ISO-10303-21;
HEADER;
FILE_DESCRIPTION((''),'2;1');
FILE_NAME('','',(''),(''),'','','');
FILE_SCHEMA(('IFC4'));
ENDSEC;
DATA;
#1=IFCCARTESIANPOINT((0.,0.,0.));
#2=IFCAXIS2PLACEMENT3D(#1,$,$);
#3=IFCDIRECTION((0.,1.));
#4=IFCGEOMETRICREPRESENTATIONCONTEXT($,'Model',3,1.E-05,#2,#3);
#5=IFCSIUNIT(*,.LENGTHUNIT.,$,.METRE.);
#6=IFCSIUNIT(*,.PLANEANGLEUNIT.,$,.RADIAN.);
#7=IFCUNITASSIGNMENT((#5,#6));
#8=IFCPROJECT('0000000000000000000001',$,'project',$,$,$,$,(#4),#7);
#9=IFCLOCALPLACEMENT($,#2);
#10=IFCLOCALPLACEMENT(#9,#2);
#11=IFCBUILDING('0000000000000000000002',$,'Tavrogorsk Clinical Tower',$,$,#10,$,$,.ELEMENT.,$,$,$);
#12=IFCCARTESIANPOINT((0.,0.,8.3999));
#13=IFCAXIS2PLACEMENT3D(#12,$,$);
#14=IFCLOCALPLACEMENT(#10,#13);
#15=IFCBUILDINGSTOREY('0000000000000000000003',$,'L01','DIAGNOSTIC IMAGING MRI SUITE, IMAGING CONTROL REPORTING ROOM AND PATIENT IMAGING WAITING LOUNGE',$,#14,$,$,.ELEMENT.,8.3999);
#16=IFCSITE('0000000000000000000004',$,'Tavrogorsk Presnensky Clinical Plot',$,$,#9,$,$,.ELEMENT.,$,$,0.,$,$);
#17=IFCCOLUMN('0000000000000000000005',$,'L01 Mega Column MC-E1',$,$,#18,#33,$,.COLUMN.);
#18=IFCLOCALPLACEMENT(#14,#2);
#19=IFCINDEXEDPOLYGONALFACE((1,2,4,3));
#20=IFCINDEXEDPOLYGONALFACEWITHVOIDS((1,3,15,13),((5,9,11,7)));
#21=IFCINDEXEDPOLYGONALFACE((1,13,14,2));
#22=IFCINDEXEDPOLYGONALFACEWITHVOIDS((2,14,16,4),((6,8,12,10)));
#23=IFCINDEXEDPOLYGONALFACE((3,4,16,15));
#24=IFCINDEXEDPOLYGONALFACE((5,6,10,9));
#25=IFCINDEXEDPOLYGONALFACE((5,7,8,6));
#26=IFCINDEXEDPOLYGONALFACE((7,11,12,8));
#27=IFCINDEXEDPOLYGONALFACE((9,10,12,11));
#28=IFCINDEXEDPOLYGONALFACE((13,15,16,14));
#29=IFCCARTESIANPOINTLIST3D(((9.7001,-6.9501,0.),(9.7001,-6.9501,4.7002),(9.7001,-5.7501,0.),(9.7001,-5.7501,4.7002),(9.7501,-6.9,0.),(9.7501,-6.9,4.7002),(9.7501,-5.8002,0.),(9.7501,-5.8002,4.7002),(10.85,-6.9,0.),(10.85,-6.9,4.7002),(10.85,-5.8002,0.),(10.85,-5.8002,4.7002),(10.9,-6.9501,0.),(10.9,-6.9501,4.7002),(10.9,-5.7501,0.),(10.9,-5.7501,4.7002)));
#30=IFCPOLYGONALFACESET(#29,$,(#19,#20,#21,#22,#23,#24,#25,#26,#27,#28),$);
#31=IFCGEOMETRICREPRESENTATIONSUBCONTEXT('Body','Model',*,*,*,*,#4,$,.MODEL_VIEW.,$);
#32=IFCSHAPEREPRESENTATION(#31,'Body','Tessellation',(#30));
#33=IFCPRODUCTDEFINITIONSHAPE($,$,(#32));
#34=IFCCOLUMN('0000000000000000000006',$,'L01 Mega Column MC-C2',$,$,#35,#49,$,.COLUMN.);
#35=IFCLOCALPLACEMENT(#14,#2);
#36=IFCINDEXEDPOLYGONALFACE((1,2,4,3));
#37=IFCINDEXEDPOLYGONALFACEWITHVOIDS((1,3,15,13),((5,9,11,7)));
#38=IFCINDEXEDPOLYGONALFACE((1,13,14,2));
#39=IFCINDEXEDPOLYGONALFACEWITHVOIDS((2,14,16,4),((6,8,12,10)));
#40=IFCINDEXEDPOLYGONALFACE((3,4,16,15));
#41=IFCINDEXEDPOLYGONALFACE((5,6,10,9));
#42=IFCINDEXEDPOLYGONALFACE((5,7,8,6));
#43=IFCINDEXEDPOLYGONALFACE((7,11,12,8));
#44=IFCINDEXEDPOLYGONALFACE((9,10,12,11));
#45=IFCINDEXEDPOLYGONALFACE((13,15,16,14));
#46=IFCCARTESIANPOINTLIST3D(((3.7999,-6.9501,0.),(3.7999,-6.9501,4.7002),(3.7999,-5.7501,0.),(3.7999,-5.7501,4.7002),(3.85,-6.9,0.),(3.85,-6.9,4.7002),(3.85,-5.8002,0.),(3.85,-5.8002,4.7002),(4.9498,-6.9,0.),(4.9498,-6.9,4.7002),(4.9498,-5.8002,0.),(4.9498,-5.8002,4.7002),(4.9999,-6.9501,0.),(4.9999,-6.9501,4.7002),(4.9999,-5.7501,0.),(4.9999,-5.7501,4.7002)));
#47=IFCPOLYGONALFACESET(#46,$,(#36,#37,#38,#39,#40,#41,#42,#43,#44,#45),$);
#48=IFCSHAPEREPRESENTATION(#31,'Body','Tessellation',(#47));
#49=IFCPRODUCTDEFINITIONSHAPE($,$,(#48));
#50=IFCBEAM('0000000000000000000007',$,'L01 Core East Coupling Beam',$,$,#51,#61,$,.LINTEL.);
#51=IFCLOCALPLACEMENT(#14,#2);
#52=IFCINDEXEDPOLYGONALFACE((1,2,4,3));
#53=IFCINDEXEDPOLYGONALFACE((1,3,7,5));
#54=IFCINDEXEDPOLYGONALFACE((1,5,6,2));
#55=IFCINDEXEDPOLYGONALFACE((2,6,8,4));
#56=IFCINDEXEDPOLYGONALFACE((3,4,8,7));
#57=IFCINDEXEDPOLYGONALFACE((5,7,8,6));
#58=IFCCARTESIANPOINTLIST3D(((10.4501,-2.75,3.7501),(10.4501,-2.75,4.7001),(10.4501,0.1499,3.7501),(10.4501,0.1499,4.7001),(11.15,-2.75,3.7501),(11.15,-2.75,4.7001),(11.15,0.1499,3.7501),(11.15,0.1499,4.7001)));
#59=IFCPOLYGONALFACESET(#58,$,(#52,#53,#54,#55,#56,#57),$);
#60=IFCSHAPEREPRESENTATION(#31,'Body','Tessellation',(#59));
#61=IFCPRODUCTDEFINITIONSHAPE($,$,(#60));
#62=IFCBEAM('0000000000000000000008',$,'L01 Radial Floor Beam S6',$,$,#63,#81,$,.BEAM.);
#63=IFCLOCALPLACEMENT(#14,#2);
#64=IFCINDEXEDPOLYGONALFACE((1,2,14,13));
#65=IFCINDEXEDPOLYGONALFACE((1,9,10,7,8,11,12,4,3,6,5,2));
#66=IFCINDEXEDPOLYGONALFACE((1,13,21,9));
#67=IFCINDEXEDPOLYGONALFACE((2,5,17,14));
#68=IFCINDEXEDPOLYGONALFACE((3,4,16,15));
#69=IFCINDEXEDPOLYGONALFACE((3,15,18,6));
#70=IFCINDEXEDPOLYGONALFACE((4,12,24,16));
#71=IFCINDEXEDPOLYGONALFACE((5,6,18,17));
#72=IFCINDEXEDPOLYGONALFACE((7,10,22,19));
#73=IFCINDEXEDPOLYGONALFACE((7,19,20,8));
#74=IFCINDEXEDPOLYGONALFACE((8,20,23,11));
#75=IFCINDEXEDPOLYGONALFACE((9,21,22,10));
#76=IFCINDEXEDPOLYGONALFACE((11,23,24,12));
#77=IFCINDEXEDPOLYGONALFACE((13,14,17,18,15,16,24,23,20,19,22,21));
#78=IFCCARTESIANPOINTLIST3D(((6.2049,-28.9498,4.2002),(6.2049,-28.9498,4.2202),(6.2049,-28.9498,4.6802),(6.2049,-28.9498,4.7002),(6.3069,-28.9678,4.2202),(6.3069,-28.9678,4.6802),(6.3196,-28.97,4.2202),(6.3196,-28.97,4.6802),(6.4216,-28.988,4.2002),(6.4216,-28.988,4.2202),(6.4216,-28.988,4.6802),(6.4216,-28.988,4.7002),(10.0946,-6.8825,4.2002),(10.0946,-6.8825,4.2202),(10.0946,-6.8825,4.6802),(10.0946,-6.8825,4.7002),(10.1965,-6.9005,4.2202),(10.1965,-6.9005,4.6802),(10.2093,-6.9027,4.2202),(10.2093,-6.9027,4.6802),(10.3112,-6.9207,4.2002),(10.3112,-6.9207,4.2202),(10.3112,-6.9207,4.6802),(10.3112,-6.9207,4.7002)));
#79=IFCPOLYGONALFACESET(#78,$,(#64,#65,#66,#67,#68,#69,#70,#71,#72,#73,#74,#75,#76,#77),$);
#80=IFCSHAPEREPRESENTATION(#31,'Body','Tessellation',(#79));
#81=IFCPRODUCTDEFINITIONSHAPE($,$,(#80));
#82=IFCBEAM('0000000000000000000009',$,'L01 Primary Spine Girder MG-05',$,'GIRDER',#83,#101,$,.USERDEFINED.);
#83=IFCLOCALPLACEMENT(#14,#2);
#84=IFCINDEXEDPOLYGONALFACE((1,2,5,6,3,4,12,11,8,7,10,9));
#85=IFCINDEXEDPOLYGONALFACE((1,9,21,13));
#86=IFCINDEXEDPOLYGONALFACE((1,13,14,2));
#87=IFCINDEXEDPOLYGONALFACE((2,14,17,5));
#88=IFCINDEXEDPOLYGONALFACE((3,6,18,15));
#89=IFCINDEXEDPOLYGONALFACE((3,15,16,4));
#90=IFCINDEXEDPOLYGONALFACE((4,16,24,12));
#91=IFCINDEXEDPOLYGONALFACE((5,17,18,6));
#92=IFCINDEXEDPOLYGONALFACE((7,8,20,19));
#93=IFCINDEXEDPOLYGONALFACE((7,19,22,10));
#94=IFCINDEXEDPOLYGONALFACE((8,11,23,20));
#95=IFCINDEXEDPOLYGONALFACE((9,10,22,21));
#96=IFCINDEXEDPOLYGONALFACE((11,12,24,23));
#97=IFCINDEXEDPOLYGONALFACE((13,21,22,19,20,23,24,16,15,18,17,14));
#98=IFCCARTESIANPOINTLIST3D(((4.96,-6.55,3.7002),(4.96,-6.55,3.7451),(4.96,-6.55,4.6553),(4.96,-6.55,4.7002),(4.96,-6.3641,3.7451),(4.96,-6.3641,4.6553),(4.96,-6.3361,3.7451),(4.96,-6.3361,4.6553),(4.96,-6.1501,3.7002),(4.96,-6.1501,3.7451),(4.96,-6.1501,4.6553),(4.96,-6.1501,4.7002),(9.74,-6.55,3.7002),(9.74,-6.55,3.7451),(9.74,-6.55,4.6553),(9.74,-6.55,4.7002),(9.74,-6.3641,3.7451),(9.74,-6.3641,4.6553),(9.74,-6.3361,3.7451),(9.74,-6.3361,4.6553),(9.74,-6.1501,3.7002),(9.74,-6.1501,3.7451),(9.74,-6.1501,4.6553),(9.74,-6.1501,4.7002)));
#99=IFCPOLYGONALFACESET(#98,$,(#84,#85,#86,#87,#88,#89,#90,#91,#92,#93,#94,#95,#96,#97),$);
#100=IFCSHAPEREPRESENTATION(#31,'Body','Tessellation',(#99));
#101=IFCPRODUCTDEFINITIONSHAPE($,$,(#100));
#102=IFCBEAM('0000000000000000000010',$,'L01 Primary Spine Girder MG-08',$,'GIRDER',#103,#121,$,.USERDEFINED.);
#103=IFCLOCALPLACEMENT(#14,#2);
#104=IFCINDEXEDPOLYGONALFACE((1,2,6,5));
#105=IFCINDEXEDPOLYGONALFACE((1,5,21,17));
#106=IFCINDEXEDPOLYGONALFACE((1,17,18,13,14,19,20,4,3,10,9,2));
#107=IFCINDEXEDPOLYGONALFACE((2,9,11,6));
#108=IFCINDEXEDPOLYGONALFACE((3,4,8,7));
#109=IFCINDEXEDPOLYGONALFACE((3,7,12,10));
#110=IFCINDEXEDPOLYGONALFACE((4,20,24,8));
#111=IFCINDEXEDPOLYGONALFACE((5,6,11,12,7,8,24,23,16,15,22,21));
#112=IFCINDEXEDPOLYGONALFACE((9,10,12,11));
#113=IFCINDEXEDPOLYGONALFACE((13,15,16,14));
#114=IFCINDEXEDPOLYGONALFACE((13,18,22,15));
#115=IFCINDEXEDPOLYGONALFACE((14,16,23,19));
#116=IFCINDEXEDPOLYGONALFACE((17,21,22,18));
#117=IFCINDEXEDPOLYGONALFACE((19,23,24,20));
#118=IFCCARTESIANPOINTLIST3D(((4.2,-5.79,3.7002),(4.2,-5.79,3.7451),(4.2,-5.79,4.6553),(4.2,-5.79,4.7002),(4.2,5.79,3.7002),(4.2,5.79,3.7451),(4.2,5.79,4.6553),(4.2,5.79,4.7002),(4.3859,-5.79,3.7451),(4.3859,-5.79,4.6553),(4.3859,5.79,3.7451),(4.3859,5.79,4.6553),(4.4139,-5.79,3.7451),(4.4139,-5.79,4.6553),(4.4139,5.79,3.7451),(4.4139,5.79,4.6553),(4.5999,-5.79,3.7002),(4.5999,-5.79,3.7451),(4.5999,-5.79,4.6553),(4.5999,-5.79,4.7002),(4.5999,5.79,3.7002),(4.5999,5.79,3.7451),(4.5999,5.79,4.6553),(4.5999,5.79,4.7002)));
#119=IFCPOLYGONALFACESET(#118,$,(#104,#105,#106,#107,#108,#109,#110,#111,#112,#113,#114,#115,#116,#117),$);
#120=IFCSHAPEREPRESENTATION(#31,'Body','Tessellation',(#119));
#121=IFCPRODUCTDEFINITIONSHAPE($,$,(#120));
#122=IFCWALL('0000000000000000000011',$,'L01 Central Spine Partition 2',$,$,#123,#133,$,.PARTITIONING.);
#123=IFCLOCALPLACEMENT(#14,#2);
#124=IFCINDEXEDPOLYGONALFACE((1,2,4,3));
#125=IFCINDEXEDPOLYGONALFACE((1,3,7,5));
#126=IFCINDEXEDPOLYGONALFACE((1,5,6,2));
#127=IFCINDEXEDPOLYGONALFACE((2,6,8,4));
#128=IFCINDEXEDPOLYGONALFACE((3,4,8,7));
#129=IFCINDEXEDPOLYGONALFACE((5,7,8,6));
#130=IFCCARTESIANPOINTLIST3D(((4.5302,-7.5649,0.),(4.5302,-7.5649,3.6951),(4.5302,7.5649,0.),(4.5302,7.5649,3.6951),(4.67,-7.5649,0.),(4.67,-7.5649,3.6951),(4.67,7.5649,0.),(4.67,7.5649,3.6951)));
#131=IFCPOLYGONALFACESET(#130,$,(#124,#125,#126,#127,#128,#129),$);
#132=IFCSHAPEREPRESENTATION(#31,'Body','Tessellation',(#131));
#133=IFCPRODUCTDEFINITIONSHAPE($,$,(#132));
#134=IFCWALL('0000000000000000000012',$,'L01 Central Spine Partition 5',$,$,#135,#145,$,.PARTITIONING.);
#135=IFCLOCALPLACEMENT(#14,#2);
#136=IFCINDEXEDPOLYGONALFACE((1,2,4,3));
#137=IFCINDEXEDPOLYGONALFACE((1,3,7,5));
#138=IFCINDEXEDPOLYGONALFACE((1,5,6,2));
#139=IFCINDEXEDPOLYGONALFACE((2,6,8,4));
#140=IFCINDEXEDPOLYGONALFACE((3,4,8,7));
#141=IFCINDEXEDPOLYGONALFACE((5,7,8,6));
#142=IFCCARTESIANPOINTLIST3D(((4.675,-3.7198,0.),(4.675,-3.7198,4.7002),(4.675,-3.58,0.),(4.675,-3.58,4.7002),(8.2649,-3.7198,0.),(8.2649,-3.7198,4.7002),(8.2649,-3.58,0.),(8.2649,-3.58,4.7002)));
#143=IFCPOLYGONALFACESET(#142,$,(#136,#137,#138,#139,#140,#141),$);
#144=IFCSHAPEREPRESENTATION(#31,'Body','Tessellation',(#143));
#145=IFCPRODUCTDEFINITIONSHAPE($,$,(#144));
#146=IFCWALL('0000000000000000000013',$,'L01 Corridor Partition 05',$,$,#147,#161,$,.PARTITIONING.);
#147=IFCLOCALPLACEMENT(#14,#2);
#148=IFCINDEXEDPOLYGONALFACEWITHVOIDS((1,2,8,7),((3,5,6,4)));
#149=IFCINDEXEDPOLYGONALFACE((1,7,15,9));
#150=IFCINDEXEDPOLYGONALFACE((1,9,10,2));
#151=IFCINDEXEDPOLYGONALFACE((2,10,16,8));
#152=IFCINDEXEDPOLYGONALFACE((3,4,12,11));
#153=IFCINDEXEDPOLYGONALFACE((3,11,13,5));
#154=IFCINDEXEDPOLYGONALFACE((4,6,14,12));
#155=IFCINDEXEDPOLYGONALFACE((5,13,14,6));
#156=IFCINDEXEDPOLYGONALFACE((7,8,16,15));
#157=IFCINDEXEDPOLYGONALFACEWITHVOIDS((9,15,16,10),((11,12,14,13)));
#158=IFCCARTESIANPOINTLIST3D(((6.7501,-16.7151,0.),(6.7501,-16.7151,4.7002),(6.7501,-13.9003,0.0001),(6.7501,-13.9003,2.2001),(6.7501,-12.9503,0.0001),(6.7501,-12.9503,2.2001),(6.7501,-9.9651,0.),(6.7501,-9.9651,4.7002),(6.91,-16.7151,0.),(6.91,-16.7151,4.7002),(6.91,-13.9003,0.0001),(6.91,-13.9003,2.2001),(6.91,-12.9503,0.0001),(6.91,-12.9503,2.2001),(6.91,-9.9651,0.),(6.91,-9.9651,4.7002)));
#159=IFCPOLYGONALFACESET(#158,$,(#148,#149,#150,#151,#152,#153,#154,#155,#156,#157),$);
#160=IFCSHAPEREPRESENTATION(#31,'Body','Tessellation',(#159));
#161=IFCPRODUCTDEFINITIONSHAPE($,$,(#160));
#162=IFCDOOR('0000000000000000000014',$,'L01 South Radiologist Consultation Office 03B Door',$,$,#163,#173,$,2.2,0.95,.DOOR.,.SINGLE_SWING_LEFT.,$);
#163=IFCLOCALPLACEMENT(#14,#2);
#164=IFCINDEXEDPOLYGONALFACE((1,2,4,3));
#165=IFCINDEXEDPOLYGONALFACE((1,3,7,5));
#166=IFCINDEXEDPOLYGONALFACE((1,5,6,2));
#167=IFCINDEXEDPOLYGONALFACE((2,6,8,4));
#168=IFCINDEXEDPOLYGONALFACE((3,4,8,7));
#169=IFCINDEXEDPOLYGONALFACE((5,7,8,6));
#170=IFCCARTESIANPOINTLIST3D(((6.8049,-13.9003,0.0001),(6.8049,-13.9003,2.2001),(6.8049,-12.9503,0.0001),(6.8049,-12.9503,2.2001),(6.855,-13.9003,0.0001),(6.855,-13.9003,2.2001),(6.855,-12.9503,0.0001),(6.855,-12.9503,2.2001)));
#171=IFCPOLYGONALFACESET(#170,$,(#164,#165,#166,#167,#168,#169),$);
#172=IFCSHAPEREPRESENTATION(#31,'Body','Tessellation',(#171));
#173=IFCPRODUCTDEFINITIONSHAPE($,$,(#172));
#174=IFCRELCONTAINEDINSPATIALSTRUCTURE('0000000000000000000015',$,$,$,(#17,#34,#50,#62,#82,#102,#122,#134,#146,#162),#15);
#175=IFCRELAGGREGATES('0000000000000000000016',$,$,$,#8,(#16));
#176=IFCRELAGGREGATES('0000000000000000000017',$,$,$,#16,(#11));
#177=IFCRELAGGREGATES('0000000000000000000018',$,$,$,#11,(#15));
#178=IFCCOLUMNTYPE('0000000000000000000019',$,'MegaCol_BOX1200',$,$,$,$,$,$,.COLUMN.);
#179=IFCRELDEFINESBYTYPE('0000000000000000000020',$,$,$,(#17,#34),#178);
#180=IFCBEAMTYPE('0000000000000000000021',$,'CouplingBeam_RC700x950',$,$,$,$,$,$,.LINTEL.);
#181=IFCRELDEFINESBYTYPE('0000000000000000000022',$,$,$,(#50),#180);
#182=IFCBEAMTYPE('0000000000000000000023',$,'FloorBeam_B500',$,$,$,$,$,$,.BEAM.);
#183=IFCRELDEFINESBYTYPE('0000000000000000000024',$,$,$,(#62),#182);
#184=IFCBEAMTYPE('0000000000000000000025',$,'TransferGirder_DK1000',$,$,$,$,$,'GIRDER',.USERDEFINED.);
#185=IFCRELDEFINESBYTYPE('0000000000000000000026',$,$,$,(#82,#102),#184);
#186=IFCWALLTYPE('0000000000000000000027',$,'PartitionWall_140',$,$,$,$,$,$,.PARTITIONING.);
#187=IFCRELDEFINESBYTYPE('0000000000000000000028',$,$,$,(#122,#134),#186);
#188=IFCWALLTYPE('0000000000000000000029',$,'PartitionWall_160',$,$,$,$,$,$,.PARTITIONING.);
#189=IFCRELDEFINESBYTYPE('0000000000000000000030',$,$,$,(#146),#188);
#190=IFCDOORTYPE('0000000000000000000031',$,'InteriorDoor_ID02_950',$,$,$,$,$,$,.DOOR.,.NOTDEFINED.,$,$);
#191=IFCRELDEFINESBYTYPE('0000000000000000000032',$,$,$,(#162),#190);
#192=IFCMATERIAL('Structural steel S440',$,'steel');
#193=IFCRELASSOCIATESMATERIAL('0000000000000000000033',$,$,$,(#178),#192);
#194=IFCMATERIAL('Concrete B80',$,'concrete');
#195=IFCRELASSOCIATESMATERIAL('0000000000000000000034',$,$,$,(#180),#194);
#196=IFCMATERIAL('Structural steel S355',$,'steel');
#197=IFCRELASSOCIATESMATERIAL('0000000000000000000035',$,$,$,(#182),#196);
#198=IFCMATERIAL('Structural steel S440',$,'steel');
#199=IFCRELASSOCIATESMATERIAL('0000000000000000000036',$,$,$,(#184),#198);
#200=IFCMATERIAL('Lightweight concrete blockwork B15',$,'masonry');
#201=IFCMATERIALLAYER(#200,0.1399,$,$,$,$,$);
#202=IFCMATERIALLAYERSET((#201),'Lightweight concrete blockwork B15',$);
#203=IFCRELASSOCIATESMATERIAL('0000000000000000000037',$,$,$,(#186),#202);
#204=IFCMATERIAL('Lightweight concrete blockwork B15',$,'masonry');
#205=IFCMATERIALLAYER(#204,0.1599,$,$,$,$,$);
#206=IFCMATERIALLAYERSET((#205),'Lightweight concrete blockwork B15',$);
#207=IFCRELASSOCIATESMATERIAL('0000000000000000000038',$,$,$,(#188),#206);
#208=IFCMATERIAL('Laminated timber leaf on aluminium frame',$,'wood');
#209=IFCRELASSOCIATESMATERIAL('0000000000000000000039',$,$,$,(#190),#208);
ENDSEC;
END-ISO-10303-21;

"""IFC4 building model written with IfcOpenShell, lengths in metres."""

from ifc_helpers import new_model, si_unit, direction, frame, frame_2d, origin, origin_2d, place, context, subcontext, project, spatial, rectangle, hollow_rectangle, i_section, extrude, material, layer, layer_set, material_profile, profile_set, type_object, element, fill, save


model = new_model("IFC4")

# Units and contexts
model_context = context("Model", 3, precision=1e-05, world=origin(), true_north=direction((0.0, 1.0)))
body_context = subcontext(model_context, "Body", "Model", "MODEL_VIEW")
ifc_project = project(units=[si_unit("LENGTHUNIT", "METRE"), si_unit("PLANEANGLEUNIT", "RADIAN")], contexts=[model_context])

# Site, building, storey
site_placement = place(None, origin())
site = spatial("IfcSite", under=ifc_project, at=site_placement, Name="Tavrogorsk Presnensky Clinical Plot", CompositionType="ELEMENT", RefElevation=0.0)
building_placement = place(site_placement, origin())
building = spatial("IfcBuilding", under=site, at=building_placement, Name="Tavrogorsk Clinical Tower", CompositionType="ELEMENT")
storey_placement = place(building_placement, frame((0.0, 0.0, 8.3999)))
storey = spatial("IfcBuildingStorey", under=building, at=storey_placement, Name="L01", Description="DIAGNOSTIC IMAGING MRI SUITE, IMAGING CONTROL REPORTING ROOM AND PATIENT IMAGING WAITING LOUNGE", CompositionType="ELEMENT", Elevation=8.3999)

# Columns
ifc_material_1 = material(Name="Structural steel S440", Category="steel")
ifc_material_profile_1 = material_profile(ifc_material_1, hollow_rectangle(XDim=1.2, YDim=1.2, WallThickness=0.05, at=origin_2d()), Name="BOX-1200x1200x50")
ifc_profile_set_1 = profile_set([ifc_material_profile_1], Name="Structural steel S440")
column_type = type_object("IfcColumnType", Name="MegaCol_BOX1200", PredefinedType="COLUMN", material=ifc_profile_set_1)
for number, where, z_axis, x_axis, name in (
    (1, (10.3, -6.3501, 0.0), (0.0, 0.0, 1.0), (1.0, 0.0, 0.0), "L01 Mega Column MC-E1"),
    (2, (4.3999, -6.3501, 0.0), (0.0, 0.0, 1.0), (1.0, 0.0, 0.0), "L01 Mega Column MC-C2"),
):
    element("IfcColumn", number, at=place(storey_placement, frame(where, z_axis=z_axis, x_axis=x_axis)), inside=storey, type_object=column_type, Name=name, PredefinedType="COLUMN", context=body_context, shape_type="SweptSolid", body=[
        extrude(hollow_rectangle(XDim=1.2, YDim=1.2, WallThickness=0.05, at=origin_2d()), origin(), (0.0, 0.0, 1.0), 4.7002),
    ])

# Beams
ifc_material_2 = material(Name="Concrete B80", Category="concrete")
ifc_material_profile_2 = material_profile(ifc_material_2, rectangle(XDim=0.7, YDim=0.95, at=origin_2d()), Name="RC-CB-700x950")
ifc_profile_set_2 = profile_set([ifc_material_profile_2], Name="Concrete B80")
beam_type_1 = type_object("IfcBeamType", Name="CouplingBeam_RC700x950", PredefinedType="LINTEL", material=ifc_profile_set_2)
beam_1_placement = place(storey_placement, frame((10.8, -2.75, 4.2251), z_axis=(0.0, 1.0, 0.0), x_axis=(-1.0, 0.0, 0.0)))
element("IfcBeam", 3, at=beam_1_placement, inside=storey, type_object=beam_type_1, Name="L01 Core East Coupling Beam", PredefinedType="LINTEL", context=body_context, shape_type="SweptSolid", body=[
    extrude(rectangle(XDim=0.7, YDim=0.95, at=origin_2d()), origin(), (0.0, 0.0, 1.0), 2.8999),
])
ifc_material_3 = material(Name="Structural steel S355", Category="steel")
ifc_material_profile_3 = material_profile(ifc_material_3, i_section(OverallWidth=0.22, OverallDepth=0.5, WebThickness=0.0129, FlangeThickness=0.02, at=origin_2d()), Name="B-500x220x13x20")
ifc_profile_set_3 = profile_set([ifc_material_profile_3], Name="Structural steel S355")
beam_type_2 = type_object("IfcBeamType", Name="FloorBeam_B500", PredefinedType="BEAM", material=ifc_profile_set_3)
beam_2_placement = place(storey_placement, frame((10.2029, -6.9016, 4.4502), z_axis=(-0.173586, -0.984819, 0.0), x_axis=(0.984819, -0.173586, 0.0)))
element("IfcBeam", 4, at=beam_2_placement, inside=storey, type_object=beam_type_2, Name="L01 Radial Floor Beam S6", PredefinedType="BEAM", context=body_context, shape_type="SweptSolid", body=[
    extrude(i_section(OverallWidth=0.22, OverallDepth=0.5, WebThickness=0.0129, FlangeThickness=0.02, at=origin_2d()), origin(), (0.0, 0.0, 1.0), 22.4075),
])
ifc_material_4 = material(Name="Structural steel S440", Category="steel")
ifc_material_profile_4 = material_profile(ifc_material_4, i_section(OverallWidth=0.3999, OverallDepth=1.0, WebThickness=0.0281, FlangeThickness=0.0449, at=origin_2d()), Name="DK-1000x400x28x45")
ifc_profile_set_4 = profile_set([ifc_material_profile_4], Name="Structural steel S440")
beam_type_3 = type_object("IfcBeamType", Name="TransferGirder_DK1000", ElementType="GIRDER", PredefinedType="USERDEFINED", material=ifc_profile_set_4)
beam_3_placement = place(storey_placement, frame((4.96, -6.3501, 4.2002), z_axis=(1.0, 0.0, 0.0), x_axis=(0.0, 1.0, 0.0)))
element("IfcBeam", 5, at=beam_3_placement, inside=storey, type_object=beam_type_3, Name="L01 Primary Spine Girder MG-05", ObjectType="GIRDER", PredefinedType="USERDEFINED", context=body_context, shape_type="SweptSolid", body=[
    extrude(i_section(OverallWidth=0.3999, OverallDepth=1.0, WebThickness=0.0281, FlangeThickness=0.0449, at=origin_2d()), origin(), (0.0, 0.0, 1.0), 4.78),
])
beam_4_placement = place(storey_placement, frame((4.3999, -5.79, 4.2002), z_axis=(0.0, 1.0, 0.0), x_axis=(-1.0, 0.0, 0.0)))
element("IfcBeam", 6, at=beam_4_placement, inside=storey, type_object=beam_type_3, Name="L01 Primary Spine Girder MG-08", ObjectType="GIRDER", PredefinedType="USERDEFINED", context=body_context, shape_type="SweptSolid", body=[
    extrude(i_section(OverallWidth=0.3999, OverallDepth=1.0, WebThickness=0.0281, FlangeThickness=0.0449, at=origin_2d()), origin(), (0.0, 0.0, 1.0), 11.5801),
])

# Walls
ifc_material_5 = material(Name="Lightweight concrete blockwork B15", Category="masonry")
ifc_layer_1 = layer(ifc_material_5, 0.1399)
ifc_layer_set_1 = layer_set([ifc_layer_1], Name="Lightweight concrete blockwork B15")
wall_type_1 = type_object("IfcWallType", Name="PartitionWall_140", PredefinedType="PARTITIONING", material=ifc_layer_set_1)
wall_1_placement = place(storey_placement, frame((4.6001, -7.5649, 0.0), z_axis=(0.0, 0.0, 1.0), x_axis=(0.0, 1.0, 0.0)))
element("IfcWall", 7, at=wall_1_placement, inside=storey, type_object=wall_type_1, Name="L01 Central Spine Partition 2", PredefinedType="PARTITIONING", context=body_context, shape_type="SweptSolid", body=[
    extrude(rectangle(XDim=15.1299, YDim=0.1399, at=frame_2d((7.5649, 0.0))), origin(), (0.0, 0.0, 1.0), 3.6951),
])
wall_2_placement = place(storey_placement, frame((4.675, -3.6499, 0.0), z_axis=(0.0, 0.0, 1.0), x_axis=(1.0, 0.0, 0.0)))
element("IfcWall", 8, at=wall_2_placement, inside=storey, type_object=wall_type_1, Name="L01 Central Spine Partition 5", PredefinedType="PARTITIONING", context=body_context, shape_type="SweptSolid", body=[
    extrude(rectangle(XDim=3.5898, YDim=0.1399, at=frame_2d((1.7949, 0.0))), origin(), (0.0, 0.0, 1.0), 4.7002),
])

# Wall, opening, door
ifc_material_6 = material(Name="Lightweight concrete blockwork B15", Category="masonry")
ifc_layer_2 = layer(ifc_material_6, 0.1599)
ifc_layer_set_2 = layer_set([ifc_layer_2], Name="Lightweight concrete blockwork B15")
wall_type_2 = type_object("IfcWallType", Name="PartitionWall_160", PredefinedType="PARTITIONING", material=ifc_layer_set_2)
wall_3_placement = place(storey_placement, frame((6.8301, -9.9651, 0.0), z_axis=(0.0, 0.0, 1.0), x_axis=(0.0, -1.0, 0.0)))
wall_3 = element("IfcWall", 9, at=wall_3_placement, inside=storey, type_object=wall_type_2, Name="L01 Corridor Partition 05", PredefinedType="PARTITIONING", context=body_context, shape_type="SweptSolid", body=[
    extrude(rectangle(XDim=6.75, YDim=0.1599, at=frame_2d((3.375, 0.0))), origin(), (0.0, 0.0, 1.0), 4.7002),
])
opening_1_placement = place(wall_3_placement, frame((2.9851, 0.0, 0.0)))
opening_1 = element("IfcOpeningElement", 10, at=opening_1_placement, cuts=wall_3, PredefinedType="OPENING", context=body_context, shape_type="SweptSolid", body=[
    extrude(rectangle(XDim=0.95, YDim=2.2, at=frame_2d((0.4751, 1.1001))), frame((0.0, 0.0898, 0.0), z_axis=(0.0, -1.0, 0.0), x_axis=(1.0, 0.0, 0.0)), (0.0, 0.0, 1.0), 0.1799),
])
ifc_material_7 = material(Name="Laminated timber leaf on aluminium frame", Category="wood")
door_type_1 = type_object("IfcDoorType", Name="InteriorDoor_ID02_950", OperationType="NOTDEFINED", PredefinedType="DOOR", material=ifc_material_7)
door_1_placement = place(opening_1_placement, origin())
door_1 = element("IfcDoor", 11, at=door_1_placement, inside=storey, type_object=door_type_1, Name="L01 South Radiologist Consultation Office 03B Door", OperationType="SINGLE_SWING_LEFT", OverallHeight=2.2, OverallWidth=0.95, PredefinedType="DOOR", context=body_context, shape_type="SweptSolid", body=[
    extrude(rectangle(XDim=0.95, YDim=2.2, at=frame_2d((0.4751, 1.1001))), frame((0.0, 0.0249, 0.0), z_axis=(0.0, -1.0, 0.0), x_axis=(1.0, 0.0, 0.0)), (0.0, 0.0, 1.0), 0.05),
])
fill(opening_1, door_1)

save(model, "model.ifc")
